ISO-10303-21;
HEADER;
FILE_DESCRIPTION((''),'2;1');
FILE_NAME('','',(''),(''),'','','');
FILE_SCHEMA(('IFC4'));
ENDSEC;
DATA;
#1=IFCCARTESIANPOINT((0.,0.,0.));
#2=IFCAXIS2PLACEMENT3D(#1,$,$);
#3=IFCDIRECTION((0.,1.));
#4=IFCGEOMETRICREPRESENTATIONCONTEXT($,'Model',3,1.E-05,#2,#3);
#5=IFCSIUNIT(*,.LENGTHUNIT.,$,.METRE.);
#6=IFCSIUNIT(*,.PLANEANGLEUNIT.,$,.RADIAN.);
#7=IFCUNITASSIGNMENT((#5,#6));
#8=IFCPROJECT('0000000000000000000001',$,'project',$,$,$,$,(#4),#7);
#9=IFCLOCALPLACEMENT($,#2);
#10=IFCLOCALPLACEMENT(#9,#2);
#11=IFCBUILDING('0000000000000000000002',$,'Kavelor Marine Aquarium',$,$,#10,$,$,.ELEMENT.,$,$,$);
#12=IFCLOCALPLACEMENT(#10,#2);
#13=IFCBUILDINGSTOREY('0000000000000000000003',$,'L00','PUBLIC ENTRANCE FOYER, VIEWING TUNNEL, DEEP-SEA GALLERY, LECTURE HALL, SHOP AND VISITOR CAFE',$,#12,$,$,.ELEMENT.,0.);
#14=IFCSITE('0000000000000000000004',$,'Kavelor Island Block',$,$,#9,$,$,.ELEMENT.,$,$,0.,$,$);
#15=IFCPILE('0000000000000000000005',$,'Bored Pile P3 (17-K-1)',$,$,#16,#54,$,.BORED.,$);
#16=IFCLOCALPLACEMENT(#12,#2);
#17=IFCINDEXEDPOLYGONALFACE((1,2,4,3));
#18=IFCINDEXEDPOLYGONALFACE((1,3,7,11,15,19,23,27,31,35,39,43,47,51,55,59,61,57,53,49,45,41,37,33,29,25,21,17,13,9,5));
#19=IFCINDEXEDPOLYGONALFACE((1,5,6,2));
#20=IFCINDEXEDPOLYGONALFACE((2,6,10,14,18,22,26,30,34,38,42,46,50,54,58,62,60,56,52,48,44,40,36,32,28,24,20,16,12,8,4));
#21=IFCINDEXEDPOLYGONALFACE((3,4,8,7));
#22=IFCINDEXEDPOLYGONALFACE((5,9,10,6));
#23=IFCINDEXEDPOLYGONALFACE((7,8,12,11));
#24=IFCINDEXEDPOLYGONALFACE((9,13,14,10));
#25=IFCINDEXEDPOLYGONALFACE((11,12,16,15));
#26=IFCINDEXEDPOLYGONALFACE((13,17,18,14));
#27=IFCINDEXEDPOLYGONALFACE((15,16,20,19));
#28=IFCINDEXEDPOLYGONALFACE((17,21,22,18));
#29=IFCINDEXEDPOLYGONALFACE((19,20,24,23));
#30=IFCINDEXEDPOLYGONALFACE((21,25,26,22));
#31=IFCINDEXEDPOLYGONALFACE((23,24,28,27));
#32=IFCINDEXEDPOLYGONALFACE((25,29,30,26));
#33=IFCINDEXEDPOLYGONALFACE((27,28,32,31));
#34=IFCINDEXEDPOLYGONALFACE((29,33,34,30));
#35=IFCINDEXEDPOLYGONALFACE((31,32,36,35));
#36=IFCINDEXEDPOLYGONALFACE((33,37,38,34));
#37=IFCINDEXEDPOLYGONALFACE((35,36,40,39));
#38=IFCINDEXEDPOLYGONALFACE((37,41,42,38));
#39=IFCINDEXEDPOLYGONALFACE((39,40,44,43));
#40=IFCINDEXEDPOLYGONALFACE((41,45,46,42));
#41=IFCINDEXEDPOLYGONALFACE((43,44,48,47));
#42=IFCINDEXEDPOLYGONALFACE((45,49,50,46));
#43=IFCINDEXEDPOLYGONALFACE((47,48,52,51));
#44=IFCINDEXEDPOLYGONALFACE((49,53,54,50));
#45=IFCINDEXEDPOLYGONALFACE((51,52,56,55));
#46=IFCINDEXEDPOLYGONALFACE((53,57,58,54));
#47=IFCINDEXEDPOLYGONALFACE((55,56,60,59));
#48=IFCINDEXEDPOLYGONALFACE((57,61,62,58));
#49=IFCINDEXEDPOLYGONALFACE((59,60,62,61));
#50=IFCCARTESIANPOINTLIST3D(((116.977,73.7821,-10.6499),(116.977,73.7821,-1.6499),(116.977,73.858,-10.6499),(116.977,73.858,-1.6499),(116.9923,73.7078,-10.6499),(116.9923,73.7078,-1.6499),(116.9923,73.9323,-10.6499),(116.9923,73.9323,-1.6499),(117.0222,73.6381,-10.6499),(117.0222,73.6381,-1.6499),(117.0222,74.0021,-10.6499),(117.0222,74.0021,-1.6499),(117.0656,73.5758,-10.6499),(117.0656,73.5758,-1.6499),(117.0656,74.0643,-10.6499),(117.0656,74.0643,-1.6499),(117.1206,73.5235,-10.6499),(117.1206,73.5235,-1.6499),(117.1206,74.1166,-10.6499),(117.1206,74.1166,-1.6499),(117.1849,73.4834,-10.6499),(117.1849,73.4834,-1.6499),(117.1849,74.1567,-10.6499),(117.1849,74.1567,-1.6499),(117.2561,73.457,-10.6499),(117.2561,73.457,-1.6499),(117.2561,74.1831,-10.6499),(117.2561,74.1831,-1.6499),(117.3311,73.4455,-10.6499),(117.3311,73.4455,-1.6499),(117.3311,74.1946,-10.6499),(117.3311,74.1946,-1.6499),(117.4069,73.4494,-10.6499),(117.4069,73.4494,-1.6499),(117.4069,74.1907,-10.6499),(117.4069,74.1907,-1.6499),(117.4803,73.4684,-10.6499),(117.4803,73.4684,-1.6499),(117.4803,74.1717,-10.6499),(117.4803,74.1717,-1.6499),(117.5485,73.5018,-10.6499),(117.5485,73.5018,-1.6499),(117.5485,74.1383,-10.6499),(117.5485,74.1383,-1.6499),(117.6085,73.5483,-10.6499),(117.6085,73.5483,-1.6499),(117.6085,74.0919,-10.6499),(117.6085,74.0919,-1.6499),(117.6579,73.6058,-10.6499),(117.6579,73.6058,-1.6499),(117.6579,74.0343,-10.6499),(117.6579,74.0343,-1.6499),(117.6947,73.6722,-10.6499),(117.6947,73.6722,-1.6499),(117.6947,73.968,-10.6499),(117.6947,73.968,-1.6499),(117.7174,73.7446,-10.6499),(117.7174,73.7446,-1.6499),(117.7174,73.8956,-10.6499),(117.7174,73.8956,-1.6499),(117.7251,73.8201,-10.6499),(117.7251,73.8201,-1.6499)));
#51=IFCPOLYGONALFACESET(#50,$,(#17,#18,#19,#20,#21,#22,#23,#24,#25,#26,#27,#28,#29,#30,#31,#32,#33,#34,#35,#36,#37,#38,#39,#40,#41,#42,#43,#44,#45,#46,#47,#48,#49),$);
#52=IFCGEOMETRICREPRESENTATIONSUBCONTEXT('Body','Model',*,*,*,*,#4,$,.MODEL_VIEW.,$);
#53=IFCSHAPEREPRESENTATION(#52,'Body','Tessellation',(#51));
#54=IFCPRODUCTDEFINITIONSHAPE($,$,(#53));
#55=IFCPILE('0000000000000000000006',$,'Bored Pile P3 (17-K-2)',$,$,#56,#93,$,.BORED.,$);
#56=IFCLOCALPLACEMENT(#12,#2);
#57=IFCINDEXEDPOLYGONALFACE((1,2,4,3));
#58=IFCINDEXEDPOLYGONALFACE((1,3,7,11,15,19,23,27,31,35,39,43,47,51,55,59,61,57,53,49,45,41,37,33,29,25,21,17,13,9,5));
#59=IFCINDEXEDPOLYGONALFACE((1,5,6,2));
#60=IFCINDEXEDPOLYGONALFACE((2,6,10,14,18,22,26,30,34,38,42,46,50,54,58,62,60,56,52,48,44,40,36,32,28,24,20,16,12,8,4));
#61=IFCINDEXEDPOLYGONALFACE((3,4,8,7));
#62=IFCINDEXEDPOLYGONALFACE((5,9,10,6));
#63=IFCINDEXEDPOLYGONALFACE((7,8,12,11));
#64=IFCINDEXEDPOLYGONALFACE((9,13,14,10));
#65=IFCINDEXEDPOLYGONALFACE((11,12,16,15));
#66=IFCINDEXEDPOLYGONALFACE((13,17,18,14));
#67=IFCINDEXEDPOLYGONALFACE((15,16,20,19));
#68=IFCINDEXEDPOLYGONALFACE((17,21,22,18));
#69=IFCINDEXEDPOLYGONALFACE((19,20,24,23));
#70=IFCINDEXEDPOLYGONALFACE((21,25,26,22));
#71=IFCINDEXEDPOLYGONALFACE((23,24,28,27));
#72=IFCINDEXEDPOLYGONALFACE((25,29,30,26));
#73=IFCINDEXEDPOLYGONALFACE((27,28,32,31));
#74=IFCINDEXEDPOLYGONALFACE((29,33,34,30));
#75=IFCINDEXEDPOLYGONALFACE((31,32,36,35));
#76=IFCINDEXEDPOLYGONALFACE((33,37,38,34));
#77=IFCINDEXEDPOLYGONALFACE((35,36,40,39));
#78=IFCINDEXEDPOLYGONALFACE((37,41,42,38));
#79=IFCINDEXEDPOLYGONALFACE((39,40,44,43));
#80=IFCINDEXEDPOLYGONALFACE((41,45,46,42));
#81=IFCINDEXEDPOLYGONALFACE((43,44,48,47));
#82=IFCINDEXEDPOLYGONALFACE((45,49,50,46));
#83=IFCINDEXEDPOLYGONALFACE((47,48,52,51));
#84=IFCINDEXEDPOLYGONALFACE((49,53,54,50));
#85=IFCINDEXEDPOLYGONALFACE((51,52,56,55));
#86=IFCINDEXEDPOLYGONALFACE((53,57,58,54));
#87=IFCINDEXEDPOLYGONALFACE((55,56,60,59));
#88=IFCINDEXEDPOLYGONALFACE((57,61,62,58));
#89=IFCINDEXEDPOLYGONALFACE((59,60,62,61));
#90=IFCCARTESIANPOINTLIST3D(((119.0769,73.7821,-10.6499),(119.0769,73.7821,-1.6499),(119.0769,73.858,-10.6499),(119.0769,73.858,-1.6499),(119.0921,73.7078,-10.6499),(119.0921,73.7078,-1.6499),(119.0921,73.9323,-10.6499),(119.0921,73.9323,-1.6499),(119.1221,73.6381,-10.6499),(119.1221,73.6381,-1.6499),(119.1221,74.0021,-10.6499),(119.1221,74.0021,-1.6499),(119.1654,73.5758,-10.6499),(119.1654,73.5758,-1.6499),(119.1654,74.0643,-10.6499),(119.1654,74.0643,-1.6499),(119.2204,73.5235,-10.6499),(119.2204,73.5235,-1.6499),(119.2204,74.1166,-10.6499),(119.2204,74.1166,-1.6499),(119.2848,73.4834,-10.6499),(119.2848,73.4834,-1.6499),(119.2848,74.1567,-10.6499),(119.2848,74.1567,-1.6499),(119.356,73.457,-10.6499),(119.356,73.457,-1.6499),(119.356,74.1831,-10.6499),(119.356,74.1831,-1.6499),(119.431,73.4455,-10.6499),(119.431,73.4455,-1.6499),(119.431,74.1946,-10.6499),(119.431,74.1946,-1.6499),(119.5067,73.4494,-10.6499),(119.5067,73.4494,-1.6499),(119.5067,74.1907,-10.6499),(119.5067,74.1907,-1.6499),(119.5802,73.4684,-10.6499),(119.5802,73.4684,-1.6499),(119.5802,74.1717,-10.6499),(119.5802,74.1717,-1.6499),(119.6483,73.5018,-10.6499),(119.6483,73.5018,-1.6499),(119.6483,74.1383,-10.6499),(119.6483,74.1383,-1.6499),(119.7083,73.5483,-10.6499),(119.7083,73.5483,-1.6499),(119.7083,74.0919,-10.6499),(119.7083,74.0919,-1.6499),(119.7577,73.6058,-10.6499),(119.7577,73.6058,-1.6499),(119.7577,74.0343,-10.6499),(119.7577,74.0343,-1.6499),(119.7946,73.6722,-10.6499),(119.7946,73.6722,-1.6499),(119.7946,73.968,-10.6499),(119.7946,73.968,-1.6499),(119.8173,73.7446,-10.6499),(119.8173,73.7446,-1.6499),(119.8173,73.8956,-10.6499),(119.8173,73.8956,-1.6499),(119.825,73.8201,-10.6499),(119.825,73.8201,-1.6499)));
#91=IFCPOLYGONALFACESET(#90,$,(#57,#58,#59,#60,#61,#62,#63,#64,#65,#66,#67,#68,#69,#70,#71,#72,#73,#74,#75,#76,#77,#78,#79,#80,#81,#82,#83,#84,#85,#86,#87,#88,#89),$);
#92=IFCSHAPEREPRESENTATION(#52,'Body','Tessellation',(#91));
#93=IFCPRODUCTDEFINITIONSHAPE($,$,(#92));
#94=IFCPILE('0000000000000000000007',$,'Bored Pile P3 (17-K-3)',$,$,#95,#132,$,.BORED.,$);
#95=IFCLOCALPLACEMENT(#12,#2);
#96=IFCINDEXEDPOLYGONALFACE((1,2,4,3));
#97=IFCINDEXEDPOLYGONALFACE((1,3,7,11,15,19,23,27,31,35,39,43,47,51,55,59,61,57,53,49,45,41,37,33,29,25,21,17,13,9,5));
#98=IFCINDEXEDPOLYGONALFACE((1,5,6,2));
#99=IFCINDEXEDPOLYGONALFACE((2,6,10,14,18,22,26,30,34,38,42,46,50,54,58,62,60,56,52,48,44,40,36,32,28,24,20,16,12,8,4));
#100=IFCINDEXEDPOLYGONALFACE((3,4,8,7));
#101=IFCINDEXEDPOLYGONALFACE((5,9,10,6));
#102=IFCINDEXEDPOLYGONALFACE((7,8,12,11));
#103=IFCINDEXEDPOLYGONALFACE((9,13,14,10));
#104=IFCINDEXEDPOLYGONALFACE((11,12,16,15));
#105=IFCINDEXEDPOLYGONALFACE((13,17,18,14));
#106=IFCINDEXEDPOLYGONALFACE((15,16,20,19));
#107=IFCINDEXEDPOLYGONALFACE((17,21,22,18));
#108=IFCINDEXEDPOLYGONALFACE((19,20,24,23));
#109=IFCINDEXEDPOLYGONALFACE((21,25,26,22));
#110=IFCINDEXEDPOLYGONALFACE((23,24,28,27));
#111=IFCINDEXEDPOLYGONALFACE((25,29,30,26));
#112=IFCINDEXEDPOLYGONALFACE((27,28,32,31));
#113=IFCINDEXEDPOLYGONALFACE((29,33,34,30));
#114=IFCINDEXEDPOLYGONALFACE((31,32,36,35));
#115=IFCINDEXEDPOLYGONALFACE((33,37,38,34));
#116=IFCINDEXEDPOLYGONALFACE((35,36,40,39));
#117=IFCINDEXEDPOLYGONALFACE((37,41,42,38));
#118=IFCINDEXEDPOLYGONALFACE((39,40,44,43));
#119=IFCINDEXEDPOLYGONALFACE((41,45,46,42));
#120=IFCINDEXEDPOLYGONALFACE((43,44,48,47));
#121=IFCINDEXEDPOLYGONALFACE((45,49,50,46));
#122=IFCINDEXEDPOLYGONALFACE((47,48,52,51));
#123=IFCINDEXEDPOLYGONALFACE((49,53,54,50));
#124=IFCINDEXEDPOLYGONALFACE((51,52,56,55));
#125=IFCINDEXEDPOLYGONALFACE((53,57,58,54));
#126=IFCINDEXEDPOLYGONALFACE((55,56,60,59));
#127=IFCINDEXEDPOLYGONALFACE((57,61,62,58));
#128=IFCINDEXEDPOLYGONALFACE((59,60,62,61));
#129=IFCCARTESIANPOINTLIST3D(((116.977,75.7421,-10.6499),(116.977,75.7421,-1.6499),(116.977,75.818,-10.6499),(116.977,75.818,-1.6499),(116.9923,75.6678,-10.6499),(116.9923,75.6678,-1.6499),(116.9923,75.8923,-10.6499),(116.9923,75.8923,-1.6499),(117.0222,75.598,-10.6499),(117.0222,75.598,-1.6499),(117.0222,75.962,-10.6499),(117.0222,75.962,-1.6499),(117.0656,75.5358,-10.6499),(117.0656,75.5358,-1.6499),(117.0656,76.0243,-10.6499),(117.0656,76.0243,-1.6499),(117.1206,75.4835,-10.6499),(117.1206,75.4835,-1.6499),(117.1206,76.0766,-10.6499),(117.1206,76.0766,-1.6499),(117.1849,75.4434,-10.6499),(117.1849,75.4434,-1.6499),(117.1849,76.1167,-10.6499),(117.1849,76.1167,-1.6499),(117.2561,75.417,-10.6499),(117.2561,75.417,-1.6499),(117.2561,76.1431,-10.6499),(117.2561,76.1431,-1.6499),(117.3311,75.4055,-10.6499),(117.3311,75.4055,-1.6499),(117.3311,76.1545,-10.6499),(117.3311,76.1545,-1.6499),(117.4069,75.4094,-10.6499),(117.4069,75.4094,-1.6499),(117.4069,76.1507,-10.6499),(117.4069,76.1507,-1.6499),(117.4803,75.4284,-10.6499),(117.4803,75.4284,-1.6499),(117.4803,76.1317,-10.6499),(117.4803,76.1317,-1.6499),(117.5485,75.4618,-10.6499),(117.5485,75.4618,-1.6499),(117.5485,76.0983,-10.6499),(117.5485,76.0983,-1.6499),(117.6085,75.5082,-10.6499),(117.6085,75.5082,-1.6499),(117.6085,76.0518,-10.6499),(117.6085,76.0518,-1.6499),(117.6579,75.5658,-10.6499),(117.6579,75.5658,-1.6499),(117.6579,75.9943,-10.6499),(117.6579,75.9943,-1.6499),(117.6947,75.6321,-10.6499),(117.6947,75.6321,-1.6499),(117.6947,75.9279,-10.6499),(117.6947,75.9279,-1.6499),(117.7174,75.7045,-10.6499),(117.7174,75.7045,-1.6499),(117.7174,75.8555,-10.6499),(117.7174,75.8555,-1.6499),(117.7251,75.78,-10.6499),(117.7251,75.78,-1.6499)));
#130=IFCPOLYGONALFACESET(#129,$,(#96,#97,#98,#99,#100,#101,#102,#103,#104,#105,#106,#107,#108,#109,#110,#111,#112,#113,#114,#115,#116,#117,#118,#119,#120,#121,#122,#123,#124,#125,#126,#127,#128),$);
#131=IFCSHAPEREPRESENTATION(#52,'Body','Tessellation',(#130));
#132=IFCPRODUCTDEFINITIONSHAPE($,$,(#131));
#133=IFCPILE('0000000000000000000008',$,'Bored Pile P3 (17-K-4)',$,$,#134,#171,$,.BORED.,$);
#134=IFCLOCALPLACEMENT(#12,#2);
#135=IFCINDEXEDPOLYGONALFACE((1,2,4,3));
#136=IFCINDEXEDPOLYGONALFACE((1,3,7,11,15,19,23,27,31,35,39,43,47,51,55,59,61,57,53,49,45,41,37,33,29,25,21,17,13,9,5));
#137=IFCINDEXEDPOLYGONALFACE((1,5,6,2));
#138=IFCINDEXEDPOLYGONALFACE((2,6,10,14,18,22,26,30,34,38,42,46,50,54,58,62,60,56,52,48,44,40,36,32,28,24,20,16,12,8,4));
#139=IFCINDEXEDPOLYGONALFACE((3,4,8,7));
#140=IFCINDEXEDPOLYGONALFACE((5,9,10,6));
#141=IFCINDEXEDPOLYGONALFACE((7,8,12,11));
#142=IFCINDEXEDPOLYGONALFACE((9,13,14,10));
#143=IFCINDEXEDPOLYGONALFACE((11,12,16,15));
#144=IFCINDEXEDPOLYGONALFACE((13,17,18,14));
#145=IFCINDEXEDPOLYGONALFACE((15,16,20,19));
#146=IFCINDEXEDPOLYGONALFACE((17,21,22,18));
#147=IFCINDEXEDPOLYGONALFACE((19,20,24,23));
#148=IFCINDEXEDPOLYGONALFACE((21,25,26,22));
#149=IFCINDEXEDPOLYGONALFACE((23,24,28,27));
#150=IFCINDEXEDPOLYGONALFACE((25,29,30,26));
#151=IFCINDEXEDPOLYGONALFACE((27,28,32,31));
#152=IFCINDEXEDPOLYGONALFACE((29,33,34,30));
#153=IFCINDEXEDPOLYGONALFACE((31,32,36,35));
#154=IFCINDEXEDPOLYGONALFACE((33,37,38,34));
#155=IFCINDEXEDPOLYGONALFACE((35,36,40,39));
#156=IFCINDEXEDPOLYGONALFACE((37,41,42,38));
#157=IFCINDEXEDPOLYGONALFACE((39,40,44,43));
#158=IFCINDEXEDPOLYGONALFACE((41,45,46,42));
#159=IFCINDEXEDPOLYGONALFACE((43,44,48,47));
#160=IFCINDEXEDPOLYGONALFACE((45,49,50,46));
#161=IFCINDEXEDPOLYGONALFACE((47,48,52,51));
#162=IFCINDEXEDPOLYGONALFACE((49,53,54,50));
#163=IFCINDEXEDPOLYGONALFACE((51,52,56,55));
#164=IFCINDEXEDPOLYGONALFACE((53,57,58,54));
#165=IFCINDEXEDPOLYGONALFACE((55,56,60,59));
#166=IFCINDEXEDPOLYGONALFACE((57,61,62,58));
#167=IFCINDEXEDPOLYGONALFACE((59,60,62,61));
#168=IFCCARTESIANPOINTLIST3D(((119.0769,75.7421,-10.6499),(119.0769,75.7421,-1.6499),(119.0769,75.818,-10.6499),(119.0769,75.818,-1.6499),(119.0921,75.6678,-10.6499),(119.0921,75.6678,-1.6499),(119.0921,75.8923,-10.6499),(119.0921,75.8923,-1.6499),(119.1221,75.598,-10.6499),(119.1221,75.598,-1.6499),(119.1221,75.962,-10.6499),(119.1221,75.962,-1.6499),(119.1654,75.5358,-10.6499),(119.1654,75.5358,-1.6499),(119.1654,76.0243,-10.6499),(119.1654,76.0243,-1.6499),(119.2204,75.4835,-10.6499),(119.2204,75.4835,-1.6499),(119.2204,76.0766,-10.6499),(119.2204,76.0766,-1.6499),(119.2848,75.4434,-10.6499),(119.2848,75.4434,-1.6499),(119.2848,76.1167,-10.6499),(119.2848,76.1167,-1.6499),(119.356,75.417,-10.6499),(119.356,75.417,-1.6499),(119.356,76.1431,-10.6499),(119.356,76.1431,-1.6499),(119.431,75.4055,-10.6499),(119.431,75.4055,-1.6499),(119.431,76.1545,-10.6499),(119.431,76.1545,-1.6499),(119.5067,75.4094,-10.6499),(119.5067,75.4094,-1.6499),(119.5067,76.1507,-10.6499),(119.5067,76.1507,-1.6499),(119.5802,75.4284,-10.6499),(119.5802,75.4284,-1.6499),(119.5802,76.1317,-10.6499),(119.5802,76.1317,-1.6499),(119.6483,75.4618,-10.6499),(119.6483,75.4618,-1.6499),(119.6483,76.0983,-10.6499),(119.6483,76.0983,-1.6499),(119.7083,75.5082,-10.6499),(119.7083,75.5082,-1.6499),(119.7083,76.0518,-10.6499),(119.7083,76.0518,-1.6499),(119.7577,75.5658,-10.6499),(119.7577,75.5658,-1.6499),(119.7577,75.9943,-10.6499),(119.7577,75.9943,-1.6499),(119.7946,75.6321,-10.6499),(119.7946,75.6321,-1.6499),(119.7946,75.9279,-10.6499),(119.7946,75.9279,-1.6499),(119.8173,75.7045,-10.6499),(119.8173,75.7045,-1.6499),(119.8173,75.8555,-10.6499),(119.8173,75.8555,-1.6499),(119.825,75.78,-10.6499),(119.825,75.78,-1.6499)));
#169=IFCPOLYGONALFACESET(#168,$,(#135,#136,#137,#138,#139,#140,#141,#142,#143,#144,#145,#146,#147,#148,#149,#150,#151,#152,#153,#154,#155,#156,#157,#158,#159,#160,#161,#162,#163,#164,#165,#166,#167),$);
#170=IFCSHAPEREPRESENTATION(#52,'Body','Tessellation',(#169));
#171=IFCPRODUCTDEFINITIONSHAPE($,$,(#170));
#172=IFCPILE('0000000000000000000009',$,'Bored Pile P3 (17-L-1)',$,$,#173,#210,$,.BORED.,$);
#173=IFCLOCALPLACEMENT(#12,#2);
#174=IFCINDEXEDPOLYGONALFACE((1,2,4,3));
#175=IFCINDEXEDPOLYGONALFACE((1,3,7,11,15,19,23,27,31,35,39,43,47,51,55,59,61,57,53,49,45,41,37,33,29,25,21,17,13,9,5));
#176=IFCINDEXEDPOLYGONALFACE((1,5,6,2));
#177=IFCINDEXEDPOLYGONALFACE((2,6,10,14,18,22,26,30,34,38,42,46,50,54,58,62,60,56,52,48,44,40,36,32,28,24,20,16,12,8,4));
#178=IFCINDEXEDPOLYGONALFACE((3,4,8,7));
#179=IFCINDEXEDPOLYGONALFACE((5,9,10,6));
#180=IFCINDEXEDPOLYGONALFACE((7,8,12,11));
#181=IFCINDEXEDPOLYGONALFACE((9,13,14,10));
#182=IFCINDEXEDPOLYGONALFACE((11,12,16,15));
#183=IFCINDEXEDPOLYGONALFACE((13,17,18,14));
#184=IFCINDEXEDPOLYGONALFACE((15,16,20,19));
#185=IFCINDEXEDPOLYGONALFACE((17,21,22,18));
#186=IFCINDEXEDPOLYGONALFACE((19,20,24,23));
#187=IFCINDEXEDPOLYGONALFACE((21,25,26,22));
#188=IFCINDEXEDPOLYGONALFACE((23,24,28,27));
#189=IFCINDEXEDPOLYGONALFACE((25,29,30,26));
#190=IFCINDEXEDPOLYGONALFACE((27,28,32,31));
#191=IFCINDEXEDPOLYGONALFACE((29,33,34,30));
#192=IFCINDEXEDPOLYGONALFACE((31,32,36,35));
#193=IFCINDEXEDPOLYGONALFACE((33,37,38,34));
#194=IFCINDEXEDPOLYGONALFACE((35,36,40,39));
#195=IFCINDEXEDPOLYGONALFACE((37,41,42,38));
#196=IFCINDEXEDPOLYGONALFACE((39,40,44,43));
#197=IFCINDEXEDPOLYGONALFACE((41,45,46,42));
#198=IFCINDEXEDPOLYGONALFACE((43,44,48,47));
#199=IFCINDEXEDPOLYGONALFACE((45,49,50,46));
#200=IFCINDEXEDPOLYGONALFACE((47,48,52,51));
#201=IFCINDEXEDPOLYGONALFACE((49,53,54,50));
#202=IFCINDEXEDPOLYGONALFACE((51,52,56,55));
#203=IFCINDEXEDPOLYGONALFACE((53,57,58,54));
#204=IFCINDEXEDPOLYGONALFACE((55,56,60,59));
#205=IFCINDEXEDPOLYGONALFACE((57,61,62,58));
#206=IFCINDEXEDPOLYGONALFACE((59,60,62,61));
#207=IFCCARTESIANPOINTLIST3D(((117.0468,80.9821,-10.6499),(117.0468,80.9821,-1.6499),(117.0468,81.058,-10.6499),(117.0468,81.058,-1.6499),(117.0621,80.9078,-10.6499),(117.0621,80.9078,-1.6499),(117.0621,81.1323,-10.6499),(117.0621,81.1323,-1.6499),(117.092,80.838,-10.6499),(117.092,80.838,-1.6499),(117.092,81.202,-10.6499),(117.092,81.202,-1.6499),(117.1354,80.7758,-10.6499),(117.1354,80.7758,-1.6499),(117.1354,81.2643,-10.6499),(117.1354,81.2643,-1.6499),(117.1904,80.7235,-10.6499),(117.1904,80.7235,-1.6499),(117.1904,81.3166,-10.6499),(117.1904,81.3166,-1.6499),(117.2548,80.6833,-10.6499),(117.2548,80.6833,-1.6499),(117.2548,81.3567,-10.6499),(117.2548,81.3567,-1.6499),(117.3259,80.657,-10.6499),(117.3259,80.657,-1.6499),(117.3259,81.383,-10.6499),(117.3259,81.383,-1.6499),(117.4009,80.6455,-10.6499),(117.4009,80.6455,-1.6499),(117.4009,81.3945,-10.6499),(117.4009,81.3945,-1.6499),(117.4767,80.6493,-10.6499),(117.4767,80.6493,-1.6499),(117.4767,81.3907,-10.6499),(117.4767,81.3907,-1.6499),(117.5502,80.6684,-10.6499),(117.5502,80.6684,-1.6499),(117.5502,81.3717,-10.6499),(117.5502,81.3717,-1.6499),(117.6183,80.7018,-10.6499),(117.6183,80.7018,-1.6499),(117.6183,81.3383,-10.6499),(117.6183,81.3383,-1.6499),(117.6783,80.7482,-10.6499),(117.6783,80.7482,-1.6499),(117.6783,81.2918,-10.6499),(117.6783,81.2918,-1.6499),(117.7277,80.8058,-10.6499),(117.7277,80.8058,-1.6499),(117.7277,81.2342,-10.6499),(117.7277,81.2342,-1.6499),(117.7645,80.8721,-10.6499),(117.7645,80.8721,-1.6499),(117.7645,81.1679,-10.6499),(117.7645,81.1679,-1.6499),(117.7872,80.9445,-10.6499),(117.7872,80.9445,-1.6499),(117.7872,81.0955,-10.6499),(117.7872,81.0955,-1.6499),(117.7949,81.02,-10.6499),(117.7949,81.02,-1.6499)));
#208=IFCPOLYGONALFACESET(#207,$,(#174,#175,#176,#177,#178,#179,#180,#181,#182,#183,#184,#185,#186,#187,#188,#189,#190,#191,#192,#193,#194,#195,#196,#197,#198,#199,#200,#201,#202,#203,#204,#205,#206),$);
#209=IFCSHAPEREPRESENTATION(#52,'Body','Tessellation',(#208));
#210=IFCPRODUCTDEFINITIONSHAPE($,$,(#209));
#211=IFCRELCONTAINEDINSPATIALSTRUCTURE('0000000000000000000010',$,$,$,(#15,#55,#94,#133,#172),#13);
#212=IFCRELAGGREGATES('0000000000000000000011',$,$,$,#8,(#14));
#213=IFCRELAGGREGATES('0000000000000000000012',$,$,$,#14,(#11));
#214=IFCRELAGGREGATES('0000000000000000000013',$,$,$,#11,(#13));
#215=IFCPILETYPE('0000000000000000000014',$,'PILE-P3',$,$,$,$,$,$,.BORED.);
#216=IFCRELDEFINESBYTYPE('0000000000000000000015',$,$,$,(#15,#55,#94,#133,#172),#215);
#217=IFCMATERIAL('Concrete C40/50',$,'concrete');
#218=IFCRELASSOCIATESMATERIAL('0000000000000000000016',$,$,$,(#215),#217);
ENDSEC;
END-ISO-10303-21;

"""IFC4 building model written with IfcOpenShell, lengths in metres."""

from ifc_helpers import new_model, si_unit, direction, frame, origin, origin_2d, place, context, subcontext, project, spatial, circle, extrude, material, material_profile, profile_set, type_object, element, save


model = new_model("IFC4")

# Units and contexts
model_context = context("Model", 3, precision=1e-05, world=origin(), true_north=direction((0.0, 1.0)))
body_context = subcontext(model_context, "Body", "Model", "MODEL_VIEW")
ifc_project = project(units=[si_unit("LENGTHUNIT", "METRE"), si_unit("PLANEANGLEUNIT", "RADIAN")], contexts=[model_context])

# Site, building, storey
site_placement = place(None, origin())
site = spatial("IfcSite", under=ifc_project, at=site_placement, Name="Kavelor Island Block", CompositionType="ELEMENT", RefElevation=0.0)
building_placement = place(site_placement, origin())
building = spatial("IfcBuilding", under=site, at=building_placement, Name="Kavelor Marine Aquarium", CompositionType="ELEMENT")
storey_placement = place(building_placement, origin())
storey = spatial("IfcBuildingStorey", under=building, at=storey_placement, Name="L00", Description="PUBLIC ENTRANCE FOYER, VIEWING TUNNEL, DEEP-SEA GALLERY, LECTURE HALL, SHOP AND VISITOR CAFE", CompositionType="ELEMENT", Elevation=0.0)

# Piles
ifc_material_1 = material(Name="Concrete C40/50", Category="concrete")
ifc_material_profile_1 = material_profile(ifc_material_1, circle(Radius=0.375, at=origin_2d()), Name="PILE D750")
ifc_profile_set_1 = profile_set([ifc_material_profile_1], Name="Concrete C40/50")
pile_type_1 = type_object("IfcPileType", Name="PILE-P3", PredefinedType="BORED", material=ifc_profile_set_1)
for number, where, z_axis, x_axis, name in (
    (1, (117.3501, 73.8201, -1.6499), (0.0, 0.0, -1.0), (1.0, 0.0, 0.0), "Bored Pile P3 (17-K-1)"),
    (2, (119.45, 73.8201, -1.6499), (0.0, 0.0, -1.0), (1.0, 0.0, 0.0), "Bored Pile P3 (17-K-2)"),
    (3, (117.3501, 75.78, -1.6499), (0.0, 0.0, -1.0), (1.0, 0.0, 0.0), "Bored Pile P3 (17-K-3)"),
    (4, (119.45, 75.78, -1.6499), (0.0, 0.0, -1.0), (1.0, 0.0, 0.0), "Bored Pile P3 (17-K-4)"),
    (5, (117.4199, 81.02, -1.6499), (0.0, 0.0, -1.0), (1.0, 0.0, 0.0), "Bored Pile P3 (17-L-1)"),
):
    element("IfcPile", number, at=place(storey_placement, frame(where, z_axis=z_axis, x_axis=x_axis)), inside=storey, type_object=pile_type_1, Name=name, PredefinedType="BORED", context=body_context, shape_type="SweptSolid", body=[
        extrude(circle(Radius=0.375, at=origin_2d()), origin(), (0.0, 0.0, 1.0), 9.0),
    ])

save(model, "model.ifc")
